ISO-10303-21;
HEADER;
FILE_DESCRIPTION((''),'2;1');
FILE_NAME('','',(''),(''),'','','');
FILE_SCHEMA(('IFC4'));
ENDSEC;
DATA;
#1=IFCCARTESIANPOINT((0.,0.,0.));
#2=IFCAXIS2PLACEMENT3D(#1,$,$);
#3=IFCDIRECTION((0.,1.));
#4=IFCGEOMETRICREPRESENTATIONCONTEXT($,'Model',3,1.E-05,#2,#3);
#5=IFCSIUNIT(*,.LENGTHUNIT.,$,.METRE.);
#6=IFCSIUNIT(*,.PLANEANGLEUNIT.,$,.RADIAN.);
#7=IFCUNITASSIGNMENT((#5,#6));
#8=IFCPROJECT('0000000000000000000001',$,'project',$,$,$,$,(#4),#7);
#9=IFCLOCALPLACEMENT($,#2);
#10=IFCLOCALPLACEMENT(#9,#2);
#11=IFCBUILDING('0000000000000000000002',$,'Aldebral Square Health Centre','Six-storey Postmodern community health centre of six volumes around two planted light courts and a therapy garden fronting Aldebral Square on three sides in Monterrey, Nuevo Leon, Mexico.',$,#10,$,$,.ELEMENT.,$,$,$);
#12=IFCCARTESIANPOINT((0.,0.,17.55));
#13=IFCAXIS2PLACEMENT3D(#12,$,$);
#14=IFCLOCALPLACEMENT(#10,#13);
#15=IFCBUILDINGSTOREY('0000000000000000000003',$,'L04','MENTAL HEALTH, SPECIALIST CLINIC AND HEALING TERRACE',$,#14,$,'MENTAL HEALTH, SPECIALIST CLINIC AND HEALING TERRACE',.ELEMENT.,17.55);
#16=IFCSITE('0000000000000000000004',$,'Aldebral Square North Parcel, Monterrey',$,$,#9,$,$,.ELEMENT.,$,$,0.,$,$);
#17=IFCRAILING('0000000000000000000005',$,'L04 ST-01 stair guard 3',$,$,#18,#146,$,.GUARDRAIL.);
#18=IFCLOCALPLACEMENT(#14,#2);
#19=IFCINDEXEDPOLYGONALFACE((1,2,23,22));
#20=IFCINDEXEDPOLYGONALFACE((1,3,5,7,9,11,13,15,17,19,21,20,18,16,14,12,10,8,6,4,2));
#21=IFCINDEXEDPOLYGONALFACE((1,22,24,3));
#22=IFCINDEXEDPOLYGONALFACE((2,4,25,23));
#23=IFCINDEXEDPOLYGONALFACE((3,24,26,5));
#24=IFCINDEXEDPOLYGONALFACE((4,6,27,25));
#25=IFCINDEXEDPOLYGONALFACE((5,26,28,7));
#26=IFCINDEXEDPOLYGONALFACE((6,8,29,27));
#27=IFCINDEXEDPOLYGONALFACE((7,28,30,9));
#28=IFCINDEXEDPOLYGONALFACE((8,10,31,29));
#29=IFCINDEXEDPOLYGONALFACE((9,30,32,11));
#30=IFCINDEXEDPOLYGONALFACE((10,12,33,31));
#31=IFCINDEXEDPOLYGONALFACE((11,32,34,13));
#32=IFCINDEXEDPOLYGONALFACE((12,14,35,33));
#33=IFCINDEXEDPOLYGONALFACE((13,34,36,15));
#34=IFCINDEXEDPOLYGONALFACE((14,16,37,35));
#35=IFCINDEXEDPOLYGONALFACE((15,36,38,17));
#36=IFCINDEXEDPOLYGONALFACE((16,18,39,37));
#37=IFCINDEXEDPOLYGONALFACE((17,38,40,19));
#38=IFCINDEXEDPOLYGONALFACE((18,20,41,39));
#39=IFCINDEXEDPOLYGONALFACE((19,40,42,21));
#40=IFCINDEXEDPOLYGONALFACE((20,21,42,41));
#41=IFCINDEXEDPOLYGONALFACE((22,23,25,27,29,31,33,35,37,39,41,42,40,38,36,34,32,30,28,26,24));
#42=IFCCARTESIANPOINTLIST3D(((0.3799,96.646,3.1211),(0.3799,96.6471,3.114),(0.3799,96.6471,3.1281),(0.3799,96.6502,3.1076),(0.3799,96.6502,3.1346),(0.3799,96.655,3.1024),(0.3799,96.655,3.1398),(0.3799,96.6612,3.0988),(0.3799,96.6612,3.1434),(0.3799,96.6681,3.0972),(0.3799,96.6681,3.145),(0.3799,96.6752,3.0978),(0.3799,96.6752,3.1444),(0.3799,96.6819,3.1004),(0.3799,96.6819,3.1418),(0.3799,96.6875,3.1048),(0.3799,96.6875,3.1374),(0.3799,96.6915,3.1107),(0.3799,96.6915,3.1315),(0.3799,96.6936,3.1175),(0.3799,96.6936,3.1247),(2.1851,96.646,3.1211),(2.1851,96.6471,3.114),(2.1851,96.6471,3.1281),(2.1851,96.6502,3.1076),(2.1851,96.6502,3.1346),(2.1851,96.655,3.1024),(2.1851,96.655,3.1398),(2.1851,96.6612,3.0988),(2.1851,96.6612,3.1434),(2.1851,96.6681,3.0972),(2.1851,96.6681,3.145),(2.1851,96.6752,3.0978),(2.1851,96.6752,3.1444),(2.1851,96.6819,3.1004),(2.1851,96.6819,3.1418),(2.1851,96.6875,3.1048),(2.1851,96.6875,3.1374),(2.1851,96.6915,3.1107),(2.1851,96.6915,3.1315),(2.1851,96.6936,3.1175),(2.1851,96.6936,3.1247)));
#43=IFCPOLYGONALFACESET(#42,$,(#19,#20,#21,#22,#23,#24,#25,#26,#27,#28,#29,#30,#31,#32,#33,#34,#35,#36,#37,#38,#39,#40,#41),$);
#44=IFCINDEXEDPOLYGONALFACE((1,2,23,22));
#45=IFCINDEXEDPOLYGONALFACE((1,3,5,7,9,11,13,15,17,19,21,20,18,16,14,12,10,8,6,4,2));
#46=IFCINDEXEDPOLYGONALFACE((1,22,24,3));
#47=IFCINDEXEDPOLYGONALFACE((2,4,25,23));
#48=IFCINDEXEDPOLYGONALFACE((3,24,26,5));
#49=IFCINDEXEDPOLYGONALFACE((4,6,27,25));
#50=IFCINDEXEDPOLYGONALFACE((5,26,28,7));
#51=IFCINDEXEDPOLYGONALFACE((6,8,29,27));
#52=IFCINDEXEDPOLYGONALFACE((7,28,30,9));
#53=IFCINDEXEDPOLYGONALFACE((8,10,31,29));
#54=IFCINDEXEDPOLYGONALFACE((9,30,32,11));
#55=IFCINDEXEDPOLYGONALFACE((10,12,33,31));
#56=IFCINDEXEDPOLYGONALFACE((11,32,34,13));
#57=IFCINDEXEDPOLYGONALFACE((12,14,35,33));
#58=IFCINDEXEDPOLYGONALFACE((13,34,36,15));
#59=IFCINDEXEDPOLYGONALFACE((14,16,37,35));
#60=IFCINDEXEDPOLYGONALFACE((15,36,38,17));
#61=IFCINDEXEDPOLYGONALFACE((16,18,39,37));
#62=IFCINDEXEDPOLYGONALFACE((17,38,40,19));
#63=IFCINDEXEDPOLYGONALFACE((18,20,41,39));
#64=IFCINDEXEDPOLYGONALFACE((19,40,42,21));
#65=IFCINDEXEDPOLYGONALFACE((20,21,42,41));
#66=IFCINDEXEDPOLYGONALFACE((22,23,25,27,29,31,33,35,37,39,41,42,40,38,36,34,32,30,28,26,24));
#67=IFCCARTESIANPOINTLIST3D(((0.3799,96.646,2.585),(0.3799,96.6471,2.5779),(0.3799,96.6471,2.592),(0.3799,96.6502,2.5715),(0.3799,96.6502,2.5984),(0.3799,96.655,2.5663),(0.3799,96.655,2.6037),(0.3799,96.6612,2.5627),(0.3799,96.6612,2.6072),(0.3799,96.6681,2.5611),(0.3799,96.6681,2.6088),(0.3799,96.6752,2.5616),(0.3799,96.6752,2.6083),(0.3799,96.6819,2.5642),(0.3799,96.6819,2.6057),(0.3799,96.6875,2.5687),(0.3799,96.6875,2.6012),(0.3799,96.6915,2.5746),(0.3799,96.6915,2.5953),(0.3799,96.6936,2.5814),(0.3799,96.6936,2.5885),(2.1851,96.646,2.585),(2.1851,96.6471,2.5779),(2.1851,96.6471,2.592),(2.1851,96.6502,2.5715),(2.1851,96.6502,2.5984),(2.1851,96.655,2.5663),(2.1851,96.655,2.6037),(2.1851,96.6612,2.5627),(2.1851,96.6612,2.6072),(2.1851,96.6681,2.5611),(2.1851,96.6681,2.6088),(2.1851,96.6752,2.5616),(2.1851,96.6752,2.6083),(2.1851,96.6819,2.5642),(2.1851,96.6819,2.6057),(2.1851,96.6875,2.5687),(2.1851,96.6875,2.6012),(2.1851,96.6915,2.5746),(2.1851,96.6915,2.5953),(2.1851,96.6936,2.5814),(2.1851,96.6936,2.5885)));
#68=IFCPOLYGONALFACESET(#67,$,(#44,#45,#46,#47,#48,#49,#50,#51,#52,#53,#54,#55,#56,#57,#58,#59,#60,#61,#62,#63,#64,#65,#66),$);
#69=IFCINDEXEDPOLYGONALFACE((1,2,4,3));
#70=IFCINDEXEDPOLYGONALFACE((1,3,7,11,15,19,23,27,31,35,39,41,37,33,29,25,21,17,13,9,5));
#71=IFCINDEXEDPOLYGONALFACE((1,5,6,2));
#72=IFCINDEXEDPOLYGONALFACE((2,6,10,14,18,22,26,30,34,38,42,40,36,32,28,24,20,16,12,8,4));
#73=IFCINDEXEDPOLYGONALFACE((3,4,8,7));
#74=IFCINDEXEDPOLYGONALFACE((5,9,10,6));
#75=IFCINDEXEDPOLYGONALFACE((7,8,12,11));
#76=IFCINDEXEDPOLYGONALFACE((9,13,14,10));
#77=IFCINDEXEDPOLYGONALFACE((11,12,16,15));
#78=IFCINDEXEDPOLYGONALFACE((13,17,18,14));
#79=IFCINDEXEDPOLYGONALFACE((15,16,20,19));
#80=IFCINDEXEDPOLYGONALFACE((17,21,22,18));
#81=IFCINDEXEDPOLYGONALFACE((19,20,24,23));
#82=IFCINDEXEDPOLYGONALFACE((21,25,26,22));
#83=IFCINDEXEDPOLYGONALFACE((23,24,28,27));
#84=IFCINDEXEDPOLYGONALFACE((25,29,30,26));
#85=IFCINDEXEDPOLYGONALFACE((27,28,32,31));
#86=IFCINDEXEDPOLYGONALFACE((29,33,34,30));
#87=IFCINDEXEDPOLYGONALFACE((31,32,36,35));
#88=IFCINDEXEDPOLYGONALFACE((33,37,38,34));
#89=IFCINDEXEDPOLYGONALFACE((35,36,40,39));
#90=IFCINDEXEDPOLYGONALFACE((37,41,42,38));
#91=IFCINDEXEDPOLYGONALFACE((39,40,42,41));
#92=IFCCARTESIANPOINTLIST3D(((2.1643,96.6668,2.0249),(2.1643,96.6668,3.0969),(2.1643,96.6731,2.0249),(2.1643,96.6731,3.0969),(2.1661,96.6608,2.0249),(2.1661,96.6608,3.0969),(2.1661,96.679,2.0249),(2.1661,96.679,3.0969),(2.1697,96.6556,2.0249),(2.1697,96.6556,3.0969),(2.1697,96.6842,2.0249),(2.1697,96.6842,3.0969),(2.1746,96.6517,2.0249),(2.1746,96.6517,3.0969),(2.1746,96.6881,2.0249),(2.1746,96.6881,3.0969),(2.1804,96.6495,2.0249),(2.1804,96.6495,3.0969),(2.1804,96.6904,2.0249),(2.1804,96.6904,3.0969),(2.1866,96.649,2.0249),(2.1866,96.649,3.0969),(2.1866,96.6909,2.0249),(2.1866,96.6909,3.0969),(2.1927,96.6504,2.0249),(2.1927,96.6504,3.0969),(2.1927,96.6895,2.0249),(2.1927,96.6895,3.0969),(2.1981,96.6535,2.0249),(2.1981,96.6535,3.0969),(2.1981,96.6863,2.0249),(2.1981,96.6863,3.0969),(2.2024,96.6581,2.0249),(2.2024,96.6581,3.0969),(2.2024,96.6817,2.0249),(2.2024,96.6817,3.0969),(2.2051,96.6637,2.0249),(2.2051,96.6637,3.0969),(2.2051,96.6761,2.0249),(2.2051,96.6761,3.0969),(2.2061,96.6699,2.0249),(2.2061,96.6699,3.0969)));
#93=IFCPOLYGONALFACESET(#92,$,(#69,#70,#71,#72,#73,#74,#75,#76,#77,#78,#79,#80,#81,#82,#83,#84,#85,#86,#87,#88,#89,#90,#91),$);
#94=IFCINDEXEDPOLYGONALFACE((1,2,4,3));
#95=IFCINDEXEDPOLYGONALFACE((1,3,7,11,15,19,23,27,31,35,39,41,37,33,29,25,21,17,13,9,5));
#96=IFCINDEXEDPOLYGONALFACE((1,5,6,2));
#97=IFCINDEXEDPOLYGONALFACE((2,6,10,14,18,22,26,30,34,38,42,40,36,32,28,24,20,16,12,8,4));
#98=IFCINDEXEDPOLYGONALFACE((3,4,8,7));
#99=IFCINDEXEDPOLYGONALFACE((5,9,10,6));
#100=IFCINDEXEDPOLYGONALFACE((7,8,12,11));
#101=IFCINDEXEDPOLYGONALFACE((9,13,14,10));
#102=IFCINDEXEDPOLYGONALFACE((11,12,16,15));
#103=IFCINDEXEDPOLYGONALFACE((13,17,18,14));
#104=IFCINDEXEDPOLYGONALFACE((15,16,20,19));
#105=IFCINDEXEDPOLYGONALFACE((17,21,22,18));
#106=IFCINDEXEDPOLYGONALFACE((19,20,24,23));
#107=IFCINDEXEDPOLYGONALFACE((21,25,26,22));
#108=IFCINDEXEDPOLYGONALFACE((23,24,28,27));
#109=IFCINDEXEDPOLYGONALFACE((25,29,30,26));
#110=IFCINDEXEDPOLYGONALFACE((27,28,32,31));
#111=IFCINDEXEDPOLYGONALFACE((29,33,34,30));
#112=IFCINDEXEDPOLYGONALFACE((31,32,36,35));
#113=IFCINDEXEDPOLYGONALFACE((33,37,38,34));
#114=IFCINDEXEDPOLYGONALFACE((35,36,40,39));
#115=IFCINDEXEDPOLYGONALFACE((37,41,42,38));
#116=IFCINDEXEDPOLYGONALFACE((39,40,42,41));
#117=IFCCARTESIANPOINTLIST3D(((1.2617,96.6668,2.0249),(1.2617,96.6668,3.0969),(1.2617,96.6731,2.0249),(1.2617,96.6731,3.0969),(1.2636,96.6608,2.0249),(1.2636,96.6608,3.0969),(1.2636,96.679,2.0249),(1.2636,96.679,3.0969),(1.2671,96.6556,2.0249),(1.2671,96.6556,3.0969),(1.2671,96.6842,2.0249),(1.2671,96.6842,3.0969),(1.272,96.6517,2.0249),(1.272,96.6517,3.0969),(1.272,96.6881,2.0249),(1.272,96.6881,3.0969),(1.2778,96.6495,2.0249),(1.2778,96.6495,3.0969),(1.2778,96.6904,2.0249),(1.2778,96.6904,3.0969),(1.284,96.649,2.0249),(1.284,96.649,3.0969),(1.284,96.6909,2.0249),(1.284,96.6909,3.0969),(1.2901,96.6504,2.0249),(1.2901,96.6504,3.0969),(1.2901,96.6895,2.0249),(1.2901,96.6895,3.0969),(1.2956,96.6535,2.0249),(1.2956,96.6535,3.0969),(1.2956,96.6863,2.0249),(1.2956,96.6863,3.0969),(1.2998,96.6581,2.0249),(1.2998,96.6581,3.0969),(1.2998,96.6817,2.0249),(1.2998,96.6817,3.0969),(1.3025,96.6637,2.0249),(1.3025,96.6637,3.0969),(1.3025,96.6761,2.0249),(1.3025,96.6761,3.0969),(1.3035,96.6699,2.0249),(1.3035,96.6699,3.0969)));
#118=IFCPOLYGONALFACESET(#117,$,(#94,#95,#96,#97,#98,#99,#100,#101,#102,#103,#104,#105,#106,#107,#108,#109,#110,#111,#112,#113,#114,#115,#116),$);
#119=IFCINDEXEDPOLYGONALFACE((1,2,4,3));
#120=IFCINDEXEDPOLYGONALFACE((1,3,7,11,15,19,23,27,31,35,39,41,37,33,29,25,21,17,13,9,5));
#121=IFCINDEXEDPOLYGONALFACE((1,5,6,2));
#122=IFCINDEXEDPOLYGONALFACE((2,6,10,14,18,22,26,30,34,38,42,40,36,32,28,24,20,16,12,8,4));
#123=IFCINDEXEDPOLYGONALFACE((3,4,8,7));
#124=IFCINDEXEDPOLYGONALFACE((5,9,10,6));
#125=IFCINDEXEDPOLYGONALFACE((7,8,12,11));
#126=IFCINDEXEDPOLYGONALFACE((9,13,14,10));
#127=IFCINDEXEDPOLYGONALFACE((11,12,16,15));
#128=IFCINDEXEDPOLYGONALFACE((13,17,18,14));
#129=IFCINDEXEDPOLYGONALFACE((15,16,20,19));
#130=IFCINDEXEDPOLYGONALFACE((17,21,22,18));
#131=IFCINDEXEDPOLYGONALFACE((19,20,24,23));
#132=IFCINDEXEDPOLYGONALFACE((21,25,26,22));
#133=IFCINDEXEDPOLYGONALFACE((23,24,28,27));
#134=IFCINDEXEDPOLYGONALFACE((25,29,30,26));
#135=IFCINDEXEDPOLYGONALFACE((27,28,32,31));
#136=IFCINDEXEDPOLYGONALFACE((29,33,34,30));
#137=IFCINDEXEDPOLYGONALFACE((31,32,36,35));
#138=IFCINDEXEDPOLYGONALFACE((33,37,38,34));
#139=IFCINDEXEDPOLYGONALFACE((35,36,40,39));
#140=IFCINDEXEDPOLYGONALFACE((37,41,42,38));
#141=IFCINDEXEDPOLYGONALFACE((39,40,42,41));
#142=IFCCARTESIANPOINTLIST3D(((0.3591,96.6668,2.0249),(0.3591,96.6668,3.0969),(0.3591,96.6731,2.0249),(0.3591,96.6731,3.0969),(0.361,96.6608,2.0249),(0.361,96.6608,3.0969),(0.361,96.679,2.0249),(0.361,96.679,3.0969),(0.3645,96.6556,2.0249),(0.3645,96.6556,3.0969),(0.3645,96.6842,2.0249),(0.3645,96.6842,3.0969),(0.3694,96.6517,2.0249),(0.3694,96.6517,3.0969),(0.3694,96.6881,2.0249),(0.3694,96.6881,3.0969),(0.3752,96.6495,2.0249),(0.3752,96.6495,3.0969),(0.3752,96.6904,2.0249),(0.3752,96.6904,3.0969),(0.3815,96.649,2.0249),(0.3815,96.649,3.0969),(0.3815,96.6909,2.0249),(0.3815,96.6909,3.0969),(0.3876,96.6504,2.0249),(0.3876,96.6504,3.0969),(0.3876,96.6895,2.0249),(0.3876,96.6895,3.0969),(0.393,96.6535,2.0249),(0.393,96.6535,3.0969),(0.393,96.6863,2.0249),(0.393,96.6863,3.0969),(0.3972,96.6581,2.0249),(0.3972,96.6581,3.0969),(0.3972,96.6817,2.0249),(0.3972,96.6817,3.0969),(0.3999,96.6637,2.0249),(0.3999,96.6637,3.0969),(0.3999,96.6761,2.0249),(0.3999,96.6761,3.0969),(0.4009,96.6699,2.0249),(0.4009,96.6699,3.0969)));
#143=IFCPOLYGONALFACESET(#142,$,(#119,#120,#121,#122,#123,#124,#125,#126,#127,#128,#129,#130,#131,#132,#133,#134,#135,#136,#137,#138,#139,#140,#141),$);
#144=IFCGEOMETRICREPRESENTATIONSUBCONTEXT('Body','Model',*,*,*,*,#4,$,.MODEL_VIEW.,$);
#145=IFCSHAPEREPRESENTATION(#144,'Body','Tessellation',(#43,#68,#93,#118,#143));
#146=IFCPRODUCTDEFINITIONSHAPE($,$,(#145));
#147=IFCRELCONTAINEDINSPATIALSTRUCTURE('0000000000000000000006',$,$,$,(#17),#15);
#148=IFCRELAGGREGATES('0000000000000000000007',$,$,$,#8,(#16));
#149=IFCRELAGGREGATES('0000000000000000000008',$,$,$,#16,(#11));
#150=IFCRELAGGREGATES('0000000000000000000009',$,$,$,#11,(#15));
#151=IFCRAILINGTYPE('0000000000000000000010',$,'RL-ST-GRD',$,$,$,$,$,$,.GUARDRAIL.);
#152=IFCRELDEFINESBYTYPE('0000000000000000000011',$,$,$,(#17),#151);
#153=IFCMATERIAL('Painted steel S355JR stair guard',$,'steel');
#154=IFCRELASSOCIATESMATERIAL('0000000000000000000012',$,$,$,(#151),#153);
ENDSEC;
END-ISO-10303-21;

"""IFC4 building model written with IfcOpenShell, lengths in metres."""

from ifc_helpers import new_model, si_unit, direction, frame, origin, origin_2d, place, context, subcontext, project, spatial, circle, extrude, material, type_object, element, save


model = new_model("IFC4")

# Units and contexts
model_context = context("Model", 3, precision=1e-05, world=origin(), true_north=direction((0.0, 1.0)))
body_context = subcontext(model_context, "Body", "Model", "MODEL_VIEW")
ifc_project = project(units=[si_unit("LENGTHUNIT", "METRE"), si_unit("PLANEANGLEUNIT", "RADIAN")], contexts=[model_context])

# Site, building, storey
site_placement = place(None, origin())
site = spatial("IfcSite", under=ifc_project, at=site_placement, Name="Aldebral Square North Parcel, Monterrey", CompositionType="ELEMENT", RefElevation=0.0)
building_placement = place(site_placement, origin())
building = spatial("IfcBuilding", under=site, at=building_placement, Name="Aldebral Square Health Centre", Description="Six-storey Postmodern community health centre of six volumes around two planted light courts and a therapy garden fronting Aldebral Square on three sides in Monterrey, Nuevo Leon, Mexico.", CompositionType="ELEMENT")
storey_placement = place(building_placement, frame((0.0, 0.0, 17.55)))
storey = spatial("IfcBuildingStorey", under=building, at=storey_placement, Name="L04", Description="MENTAL HEALTH, SPECIALIST CLINIC AND HEALING TERRACE", LongName="MENTAL HEALTH, SPECIALIST CLINIC AND HEALING TERRACE", CompositionType="ELEMENT", Elevation=17.55)

# Railing
ifc_material_1 = material(Name="Painted steel S355JR stair guard", Category="steel")
railing_type_1 = type_object("IfcRailingType", Name="RL-ST-GRD", PredefinedType="GUARDRAIL", material=ifc_material_1)
railing_1_placement = place(storey_placement, frame((2.1851, 96.6699, 2.0249)))
element("IfcRailing", 1, at=railing_1_placement, inside=storey, type_object=railing_type_1, Name="L04 ST-01 stair guard 3", PredefinedType="GUARDRAIL", context=body_context, shape_type="SweptSolid", body=[
    extrude(circle(Radius=0.0239, at=origin_2d()), frame((0.0, 0.0, 1.0962), z_axis=(-1.0, 0.0, 0.0), x_axis=(0.0, -1.0, 0.0)), (0.0, 0.0, 1.0), 1.8052),
    extrude(circle(Radius=0.0239, at=origin_2d()), frame((0.0, 0.0, 0.5601), z_axis=(-1.0, 0.0, 0.0), x_axis=(0.0, -1.0, 0.0)), (0.0, 0.0, 1.0), 1.8052),
    extrude(circle(Radius=0.021, at=origin_2d()), origin(), (0.0, 0.0, 1.0), 1.072),
    extrude(circle(Radius=0.021, at=origin_2d()), frame((-0.9026, 0.0, 0.0)), (0.0, 0.0, 1.0), 1.072),
    extrude(circle(Radius=0.021, at=origin_2d()), frame((-1.8052, 0.0, 0.0)), (0.0, 0.0, 1.0), 1.072),
])

save(model, "model.ifc")
